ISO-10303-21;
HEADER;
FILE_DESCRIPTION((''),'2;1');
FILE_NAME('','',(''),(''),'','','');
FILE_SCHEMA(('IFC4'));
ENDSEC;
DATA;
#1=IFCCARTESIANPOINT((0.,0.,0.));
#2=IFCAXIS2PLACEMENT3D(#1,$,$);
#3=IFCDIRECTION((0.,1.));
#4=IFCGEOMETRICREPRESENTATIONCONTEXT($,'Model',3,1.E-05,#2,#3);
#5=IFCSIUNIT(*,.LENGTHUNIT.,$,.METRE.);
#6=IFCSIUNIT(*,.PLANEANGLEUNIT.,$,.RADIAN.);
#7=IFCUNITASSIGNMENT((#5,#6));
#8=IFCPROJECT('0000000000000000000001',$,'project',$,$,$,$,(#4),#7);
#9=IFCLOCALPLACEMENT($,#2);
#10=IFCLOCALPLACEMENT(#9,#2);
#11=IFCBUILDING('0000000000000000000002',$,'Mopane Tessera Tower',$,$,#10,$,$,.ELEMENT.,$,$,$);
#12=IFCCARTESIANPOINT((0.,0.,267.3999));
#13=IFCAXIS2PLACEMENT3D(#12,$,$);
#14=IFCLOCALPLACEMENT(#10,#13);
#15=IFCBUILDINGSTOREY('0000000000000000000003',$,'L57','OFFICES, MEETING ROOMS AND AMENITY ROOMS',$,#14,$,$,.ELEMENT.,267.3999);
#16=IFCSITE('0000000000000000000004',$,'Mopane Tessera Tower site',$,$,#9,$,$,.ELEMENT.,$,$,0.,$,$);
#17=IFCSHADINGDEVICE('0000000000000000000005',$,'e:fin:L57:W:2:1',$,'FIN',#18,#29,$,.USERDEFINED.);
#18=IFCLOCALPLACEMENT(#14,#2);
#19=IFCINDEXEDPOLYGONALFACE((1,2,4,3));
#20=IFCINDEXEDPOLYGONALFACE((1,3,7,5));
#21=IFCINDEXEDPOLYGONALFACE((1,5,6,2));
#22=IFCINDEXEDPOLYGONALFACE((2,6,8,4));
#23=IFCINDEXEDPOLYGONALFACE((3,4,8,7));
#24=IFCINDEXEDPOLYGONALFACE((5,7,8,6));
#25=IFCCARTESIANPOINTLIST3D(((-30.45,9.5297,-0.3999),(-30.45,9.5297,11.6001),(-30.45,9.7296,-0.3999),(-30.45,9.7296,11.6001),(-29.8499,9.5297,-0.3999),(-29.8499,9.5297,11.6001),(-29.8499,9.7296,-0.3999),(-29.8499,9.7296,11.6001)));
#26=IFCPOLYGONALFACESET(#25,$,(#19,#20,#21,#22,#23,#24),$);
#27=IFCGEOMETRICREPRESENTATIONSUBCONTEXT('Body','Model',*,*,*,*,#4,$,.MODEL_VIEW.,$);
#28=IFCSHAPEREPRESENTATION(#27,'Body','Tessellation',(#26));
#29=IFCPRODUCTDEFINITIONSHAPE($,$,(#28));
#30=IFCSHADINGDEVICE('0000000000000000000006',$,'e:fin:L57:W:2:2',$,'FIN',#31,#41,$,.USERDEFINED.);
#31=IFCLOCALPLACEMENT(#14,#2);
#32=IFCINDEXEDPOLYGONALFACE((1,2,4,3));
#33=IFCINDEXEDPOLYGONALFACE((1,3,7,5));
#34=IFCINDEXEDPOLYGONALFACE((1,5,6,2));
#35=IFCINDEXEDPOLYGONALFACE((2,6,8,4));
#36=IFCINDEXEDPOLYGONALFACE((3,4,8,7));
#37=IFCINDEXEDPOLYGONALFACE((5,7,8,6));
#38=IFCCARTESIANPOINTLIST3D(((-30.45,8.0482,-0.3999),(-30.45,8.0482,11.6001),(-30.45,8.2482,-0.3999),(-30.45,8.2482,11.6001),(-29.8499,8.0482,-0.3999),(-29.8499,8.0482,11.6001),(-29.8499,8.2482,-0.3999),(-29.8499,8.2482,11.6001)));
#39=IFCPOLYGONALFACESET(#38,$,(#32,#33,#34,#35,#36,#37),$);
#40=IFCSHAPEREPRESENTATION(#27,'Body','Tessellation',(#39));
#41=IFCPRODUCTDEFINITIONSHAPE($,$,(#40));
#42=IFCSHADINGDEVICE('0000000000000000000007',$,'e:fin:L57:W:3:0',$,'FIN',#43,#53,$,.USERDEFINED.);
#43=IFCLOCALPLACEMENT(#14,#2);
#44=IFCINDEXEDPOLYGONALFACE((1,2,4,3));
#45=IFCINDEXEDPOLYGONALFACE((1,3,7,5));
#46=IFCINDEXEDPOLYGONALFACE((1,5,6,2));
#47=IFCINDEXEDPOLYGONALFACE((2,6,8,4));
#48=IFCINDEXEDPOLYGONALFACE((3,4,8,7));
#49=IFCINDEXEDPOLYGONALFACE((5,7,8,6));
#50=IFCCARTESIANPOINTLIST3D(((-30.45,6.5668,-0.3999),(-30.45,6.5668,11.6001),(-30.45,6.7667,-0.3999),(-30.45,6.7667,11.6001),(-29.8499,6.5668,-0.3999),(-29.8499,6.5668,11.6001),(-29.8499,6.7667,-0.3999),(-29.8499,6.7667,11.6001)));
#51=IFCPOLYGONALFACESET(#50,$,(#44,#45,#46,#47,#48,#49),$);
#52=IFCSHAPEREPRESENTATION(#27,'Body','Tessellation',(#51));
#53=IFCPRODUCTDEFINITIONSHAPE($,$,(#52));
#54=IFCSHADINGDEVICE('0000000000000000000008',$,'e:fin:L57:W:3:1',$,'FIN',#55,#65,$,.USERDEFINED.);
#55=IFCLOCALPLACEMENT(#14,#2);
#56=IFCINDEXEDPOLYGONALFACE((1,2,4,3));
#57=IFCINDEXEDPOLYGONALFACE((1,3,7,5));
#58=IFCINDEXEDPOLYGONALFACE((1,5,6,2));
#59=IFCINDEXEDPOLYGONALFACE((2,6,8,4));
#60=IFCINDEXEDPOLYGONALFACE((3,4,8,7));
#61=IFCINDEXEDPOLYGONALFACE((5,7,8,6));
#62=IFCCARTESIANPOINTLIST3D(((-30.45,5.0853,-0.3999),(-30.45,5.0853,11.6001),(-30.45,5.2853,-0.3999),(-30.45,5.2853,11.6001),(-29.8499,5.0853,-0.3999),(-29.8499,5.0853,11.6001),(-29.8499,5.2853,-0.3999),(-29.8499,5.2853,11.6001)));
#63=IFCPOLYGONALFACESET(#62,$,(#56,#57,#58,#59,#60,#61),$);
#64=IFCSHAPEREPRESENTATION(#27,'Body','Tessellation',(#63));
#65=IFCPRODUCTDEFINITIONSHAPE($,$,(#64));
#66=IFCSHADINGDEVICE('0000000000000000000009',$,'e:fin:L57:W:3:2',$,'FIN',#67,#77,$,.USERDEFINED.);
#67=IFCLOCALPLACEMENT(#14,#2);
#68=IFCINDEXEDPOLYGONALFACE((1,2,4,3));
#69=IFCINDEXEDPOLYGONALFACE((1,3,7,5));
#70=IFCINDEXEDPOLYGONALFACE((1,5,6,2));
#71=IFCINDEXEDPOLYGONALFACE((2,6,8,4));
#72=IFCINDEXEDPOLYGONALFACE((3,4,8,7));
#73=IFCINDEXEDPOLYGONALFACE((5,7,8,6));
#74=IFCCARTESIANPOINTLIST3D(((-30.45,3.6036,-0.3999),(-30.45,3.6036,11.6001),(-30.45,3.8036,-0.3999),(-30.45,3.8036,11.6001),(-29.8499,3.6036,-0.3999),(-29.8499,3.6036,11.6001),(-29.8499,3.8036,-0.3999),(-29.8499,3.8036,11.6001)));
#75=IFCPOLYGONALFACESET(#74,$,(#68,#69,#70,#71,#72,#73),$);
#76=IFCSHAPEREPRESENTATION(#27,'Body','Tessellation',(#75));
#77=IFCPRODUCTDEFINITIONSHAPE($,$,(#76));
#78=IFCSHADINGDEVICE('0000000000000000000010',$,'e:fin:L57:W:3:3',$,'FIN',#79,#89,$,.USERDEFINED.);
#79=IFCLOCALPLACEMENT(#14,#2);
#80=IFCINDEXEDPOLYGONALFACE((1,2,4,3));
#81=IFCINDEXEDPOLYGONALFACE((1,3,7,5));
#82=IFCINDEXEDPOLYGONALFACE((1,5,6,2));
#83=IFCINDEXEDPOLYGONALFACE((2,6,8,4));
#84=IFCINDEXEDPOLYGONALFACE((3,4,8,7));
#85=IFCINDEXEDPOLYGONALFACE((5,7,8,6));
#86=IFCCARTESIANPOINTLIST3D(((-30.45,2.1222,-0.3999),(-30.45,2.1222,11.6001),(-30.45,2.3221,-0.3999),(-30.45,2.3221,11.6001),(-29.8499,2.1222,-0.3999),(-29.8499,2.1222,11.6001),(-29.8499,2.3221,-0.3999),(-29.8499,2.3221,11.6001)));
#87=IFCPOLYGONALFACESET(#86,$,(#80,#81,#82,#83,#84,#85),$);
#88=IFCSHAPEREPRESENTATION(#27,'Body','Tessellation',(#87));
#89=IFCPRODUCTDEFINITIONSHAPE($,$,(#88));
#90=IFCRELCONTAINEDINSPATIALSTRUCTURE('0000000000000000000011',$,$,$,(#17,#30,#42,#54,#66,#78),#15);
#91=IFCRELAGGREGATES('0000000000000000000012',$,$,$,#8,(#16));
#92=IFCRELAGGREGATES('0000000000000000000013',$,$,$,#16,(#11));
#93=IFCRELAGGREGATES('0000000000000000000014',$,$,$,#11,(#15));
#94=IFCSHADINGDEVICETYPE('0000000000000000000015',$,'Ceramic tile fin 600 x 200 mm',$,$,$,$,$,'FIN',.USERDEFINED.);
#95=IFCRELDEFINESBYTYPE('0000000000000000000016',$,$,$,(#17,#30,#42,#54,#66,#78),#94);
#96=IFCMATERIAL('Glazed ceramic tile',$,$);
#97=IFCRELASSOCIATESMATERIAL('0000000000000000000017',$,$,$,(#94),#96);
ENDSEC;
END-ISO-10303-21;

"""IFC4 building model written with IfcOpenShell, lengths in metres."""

from ifc_helpers import new_model, si_unit, direction, frame, origin, origin_2d, place, context, subcontext, project, spatial, rectangle, extrude, material, type_object, element, save


model = new_model("IFC4")

# Units and contexts
model_context = context("Model", 3, precision=1e-05, world=origin(), true_north=direction((0.0, 1.0)))
body_context = subcontext(model_context, "Body", "Model", "MODEL_VIEW")
ifc_project = project(units=[si_unit("LENGTHUNIT", "METRE"), si_unit("PLANEANGLEUNIT", "RADIAN")], contexts=[model_context])

# Site, building, storey
site_placement = place(None, origin())
site = spatial("IfcSite", under=ifc_project, at=site_placement, Name="Mopane Tessera Tower site", CompositionType="ELEMENT", RefElevation=0.0)
building_placement = place(site_placement, origin())
building = spatial("IfcBuilding", under=site, at=building_placement, Name="Mopane Tessera Tower", CompositionType="ELEMENT")
storey_placement = place(building_placement, frame((0.0, 0.0, 267.3999)))
storey = spatial("IfcBuildingStorey", under=building, at=storey_placement, Name="L57", Description="OFFICES, MEETING ROOMS AND AMENITY ROOMS", CompositionType="ELEMENT", Elevation=267.3999)

# Shading devices
ifc_material_1 = material(Name="Glazed ceramic tile")
shading_device_type = type_object("IfcShadingDeviceType", Name="Ceramic tile fin 600 x 200 mm", ElementType="FIN", PredefinedType="USERDEFINED", material=ifc_material_1)
for number, where, z_axis, x_axis, name in (
    (1, (-30.1499, 9.6296, -0.3999), (0.0, 0.0, 1.0), (0.0, -1.0, 0.0), "e:fin:L57:W:2:1"),
    (2, (-30.1499, 8.1482, -0.3999), (0.0, 0.0, 1.0), (0.0, -1.0, 0.0), "e:fin:L57:W:2:2"),
    (3, (-30.1499, 6.6667, -0.3999), (0.0, 0.0, 1.0), (0.0, -1.0, 0.0), "e:fin:L57:W:3:0"),
    (4, (-30.1499, 5.1853, -0.3999), (0.0, 0.0, 1.0), (0.0, -1.0, 0.0), "e:fin:L57:W:3:1"),
    (5, (-30.1499, 3.7036, -0.3999), (0.0, 0.0, 1.0), (0.0, -1.0, 0.0), "e:fin:L57:W:3:2"),
    (6, (-30.1499, 2.2222, -0.3999), (0.0, 0.0, 1.0), (0.0, -1.0, 0.0), "e:fin:L57:W:3:3"),
):
    element("IfcShadingDevice", number, at=place(storey_placement, frame(where, z_axis=z_axis, x_axis=x_axis)), inside=storey, type_object=shading_device_type, Name=name, ObjectType="FIN", PredefinedType="USERDEFINED", context=body_context, shape_type="SweptSolid", body=[
        extrude(rectangle(XDim=0.2, YDim=0.6001, at=origin_2d()), origin(), (0.0, 0.0, 1.0), 12.0),
    ])

save(model, "model.ifc")
